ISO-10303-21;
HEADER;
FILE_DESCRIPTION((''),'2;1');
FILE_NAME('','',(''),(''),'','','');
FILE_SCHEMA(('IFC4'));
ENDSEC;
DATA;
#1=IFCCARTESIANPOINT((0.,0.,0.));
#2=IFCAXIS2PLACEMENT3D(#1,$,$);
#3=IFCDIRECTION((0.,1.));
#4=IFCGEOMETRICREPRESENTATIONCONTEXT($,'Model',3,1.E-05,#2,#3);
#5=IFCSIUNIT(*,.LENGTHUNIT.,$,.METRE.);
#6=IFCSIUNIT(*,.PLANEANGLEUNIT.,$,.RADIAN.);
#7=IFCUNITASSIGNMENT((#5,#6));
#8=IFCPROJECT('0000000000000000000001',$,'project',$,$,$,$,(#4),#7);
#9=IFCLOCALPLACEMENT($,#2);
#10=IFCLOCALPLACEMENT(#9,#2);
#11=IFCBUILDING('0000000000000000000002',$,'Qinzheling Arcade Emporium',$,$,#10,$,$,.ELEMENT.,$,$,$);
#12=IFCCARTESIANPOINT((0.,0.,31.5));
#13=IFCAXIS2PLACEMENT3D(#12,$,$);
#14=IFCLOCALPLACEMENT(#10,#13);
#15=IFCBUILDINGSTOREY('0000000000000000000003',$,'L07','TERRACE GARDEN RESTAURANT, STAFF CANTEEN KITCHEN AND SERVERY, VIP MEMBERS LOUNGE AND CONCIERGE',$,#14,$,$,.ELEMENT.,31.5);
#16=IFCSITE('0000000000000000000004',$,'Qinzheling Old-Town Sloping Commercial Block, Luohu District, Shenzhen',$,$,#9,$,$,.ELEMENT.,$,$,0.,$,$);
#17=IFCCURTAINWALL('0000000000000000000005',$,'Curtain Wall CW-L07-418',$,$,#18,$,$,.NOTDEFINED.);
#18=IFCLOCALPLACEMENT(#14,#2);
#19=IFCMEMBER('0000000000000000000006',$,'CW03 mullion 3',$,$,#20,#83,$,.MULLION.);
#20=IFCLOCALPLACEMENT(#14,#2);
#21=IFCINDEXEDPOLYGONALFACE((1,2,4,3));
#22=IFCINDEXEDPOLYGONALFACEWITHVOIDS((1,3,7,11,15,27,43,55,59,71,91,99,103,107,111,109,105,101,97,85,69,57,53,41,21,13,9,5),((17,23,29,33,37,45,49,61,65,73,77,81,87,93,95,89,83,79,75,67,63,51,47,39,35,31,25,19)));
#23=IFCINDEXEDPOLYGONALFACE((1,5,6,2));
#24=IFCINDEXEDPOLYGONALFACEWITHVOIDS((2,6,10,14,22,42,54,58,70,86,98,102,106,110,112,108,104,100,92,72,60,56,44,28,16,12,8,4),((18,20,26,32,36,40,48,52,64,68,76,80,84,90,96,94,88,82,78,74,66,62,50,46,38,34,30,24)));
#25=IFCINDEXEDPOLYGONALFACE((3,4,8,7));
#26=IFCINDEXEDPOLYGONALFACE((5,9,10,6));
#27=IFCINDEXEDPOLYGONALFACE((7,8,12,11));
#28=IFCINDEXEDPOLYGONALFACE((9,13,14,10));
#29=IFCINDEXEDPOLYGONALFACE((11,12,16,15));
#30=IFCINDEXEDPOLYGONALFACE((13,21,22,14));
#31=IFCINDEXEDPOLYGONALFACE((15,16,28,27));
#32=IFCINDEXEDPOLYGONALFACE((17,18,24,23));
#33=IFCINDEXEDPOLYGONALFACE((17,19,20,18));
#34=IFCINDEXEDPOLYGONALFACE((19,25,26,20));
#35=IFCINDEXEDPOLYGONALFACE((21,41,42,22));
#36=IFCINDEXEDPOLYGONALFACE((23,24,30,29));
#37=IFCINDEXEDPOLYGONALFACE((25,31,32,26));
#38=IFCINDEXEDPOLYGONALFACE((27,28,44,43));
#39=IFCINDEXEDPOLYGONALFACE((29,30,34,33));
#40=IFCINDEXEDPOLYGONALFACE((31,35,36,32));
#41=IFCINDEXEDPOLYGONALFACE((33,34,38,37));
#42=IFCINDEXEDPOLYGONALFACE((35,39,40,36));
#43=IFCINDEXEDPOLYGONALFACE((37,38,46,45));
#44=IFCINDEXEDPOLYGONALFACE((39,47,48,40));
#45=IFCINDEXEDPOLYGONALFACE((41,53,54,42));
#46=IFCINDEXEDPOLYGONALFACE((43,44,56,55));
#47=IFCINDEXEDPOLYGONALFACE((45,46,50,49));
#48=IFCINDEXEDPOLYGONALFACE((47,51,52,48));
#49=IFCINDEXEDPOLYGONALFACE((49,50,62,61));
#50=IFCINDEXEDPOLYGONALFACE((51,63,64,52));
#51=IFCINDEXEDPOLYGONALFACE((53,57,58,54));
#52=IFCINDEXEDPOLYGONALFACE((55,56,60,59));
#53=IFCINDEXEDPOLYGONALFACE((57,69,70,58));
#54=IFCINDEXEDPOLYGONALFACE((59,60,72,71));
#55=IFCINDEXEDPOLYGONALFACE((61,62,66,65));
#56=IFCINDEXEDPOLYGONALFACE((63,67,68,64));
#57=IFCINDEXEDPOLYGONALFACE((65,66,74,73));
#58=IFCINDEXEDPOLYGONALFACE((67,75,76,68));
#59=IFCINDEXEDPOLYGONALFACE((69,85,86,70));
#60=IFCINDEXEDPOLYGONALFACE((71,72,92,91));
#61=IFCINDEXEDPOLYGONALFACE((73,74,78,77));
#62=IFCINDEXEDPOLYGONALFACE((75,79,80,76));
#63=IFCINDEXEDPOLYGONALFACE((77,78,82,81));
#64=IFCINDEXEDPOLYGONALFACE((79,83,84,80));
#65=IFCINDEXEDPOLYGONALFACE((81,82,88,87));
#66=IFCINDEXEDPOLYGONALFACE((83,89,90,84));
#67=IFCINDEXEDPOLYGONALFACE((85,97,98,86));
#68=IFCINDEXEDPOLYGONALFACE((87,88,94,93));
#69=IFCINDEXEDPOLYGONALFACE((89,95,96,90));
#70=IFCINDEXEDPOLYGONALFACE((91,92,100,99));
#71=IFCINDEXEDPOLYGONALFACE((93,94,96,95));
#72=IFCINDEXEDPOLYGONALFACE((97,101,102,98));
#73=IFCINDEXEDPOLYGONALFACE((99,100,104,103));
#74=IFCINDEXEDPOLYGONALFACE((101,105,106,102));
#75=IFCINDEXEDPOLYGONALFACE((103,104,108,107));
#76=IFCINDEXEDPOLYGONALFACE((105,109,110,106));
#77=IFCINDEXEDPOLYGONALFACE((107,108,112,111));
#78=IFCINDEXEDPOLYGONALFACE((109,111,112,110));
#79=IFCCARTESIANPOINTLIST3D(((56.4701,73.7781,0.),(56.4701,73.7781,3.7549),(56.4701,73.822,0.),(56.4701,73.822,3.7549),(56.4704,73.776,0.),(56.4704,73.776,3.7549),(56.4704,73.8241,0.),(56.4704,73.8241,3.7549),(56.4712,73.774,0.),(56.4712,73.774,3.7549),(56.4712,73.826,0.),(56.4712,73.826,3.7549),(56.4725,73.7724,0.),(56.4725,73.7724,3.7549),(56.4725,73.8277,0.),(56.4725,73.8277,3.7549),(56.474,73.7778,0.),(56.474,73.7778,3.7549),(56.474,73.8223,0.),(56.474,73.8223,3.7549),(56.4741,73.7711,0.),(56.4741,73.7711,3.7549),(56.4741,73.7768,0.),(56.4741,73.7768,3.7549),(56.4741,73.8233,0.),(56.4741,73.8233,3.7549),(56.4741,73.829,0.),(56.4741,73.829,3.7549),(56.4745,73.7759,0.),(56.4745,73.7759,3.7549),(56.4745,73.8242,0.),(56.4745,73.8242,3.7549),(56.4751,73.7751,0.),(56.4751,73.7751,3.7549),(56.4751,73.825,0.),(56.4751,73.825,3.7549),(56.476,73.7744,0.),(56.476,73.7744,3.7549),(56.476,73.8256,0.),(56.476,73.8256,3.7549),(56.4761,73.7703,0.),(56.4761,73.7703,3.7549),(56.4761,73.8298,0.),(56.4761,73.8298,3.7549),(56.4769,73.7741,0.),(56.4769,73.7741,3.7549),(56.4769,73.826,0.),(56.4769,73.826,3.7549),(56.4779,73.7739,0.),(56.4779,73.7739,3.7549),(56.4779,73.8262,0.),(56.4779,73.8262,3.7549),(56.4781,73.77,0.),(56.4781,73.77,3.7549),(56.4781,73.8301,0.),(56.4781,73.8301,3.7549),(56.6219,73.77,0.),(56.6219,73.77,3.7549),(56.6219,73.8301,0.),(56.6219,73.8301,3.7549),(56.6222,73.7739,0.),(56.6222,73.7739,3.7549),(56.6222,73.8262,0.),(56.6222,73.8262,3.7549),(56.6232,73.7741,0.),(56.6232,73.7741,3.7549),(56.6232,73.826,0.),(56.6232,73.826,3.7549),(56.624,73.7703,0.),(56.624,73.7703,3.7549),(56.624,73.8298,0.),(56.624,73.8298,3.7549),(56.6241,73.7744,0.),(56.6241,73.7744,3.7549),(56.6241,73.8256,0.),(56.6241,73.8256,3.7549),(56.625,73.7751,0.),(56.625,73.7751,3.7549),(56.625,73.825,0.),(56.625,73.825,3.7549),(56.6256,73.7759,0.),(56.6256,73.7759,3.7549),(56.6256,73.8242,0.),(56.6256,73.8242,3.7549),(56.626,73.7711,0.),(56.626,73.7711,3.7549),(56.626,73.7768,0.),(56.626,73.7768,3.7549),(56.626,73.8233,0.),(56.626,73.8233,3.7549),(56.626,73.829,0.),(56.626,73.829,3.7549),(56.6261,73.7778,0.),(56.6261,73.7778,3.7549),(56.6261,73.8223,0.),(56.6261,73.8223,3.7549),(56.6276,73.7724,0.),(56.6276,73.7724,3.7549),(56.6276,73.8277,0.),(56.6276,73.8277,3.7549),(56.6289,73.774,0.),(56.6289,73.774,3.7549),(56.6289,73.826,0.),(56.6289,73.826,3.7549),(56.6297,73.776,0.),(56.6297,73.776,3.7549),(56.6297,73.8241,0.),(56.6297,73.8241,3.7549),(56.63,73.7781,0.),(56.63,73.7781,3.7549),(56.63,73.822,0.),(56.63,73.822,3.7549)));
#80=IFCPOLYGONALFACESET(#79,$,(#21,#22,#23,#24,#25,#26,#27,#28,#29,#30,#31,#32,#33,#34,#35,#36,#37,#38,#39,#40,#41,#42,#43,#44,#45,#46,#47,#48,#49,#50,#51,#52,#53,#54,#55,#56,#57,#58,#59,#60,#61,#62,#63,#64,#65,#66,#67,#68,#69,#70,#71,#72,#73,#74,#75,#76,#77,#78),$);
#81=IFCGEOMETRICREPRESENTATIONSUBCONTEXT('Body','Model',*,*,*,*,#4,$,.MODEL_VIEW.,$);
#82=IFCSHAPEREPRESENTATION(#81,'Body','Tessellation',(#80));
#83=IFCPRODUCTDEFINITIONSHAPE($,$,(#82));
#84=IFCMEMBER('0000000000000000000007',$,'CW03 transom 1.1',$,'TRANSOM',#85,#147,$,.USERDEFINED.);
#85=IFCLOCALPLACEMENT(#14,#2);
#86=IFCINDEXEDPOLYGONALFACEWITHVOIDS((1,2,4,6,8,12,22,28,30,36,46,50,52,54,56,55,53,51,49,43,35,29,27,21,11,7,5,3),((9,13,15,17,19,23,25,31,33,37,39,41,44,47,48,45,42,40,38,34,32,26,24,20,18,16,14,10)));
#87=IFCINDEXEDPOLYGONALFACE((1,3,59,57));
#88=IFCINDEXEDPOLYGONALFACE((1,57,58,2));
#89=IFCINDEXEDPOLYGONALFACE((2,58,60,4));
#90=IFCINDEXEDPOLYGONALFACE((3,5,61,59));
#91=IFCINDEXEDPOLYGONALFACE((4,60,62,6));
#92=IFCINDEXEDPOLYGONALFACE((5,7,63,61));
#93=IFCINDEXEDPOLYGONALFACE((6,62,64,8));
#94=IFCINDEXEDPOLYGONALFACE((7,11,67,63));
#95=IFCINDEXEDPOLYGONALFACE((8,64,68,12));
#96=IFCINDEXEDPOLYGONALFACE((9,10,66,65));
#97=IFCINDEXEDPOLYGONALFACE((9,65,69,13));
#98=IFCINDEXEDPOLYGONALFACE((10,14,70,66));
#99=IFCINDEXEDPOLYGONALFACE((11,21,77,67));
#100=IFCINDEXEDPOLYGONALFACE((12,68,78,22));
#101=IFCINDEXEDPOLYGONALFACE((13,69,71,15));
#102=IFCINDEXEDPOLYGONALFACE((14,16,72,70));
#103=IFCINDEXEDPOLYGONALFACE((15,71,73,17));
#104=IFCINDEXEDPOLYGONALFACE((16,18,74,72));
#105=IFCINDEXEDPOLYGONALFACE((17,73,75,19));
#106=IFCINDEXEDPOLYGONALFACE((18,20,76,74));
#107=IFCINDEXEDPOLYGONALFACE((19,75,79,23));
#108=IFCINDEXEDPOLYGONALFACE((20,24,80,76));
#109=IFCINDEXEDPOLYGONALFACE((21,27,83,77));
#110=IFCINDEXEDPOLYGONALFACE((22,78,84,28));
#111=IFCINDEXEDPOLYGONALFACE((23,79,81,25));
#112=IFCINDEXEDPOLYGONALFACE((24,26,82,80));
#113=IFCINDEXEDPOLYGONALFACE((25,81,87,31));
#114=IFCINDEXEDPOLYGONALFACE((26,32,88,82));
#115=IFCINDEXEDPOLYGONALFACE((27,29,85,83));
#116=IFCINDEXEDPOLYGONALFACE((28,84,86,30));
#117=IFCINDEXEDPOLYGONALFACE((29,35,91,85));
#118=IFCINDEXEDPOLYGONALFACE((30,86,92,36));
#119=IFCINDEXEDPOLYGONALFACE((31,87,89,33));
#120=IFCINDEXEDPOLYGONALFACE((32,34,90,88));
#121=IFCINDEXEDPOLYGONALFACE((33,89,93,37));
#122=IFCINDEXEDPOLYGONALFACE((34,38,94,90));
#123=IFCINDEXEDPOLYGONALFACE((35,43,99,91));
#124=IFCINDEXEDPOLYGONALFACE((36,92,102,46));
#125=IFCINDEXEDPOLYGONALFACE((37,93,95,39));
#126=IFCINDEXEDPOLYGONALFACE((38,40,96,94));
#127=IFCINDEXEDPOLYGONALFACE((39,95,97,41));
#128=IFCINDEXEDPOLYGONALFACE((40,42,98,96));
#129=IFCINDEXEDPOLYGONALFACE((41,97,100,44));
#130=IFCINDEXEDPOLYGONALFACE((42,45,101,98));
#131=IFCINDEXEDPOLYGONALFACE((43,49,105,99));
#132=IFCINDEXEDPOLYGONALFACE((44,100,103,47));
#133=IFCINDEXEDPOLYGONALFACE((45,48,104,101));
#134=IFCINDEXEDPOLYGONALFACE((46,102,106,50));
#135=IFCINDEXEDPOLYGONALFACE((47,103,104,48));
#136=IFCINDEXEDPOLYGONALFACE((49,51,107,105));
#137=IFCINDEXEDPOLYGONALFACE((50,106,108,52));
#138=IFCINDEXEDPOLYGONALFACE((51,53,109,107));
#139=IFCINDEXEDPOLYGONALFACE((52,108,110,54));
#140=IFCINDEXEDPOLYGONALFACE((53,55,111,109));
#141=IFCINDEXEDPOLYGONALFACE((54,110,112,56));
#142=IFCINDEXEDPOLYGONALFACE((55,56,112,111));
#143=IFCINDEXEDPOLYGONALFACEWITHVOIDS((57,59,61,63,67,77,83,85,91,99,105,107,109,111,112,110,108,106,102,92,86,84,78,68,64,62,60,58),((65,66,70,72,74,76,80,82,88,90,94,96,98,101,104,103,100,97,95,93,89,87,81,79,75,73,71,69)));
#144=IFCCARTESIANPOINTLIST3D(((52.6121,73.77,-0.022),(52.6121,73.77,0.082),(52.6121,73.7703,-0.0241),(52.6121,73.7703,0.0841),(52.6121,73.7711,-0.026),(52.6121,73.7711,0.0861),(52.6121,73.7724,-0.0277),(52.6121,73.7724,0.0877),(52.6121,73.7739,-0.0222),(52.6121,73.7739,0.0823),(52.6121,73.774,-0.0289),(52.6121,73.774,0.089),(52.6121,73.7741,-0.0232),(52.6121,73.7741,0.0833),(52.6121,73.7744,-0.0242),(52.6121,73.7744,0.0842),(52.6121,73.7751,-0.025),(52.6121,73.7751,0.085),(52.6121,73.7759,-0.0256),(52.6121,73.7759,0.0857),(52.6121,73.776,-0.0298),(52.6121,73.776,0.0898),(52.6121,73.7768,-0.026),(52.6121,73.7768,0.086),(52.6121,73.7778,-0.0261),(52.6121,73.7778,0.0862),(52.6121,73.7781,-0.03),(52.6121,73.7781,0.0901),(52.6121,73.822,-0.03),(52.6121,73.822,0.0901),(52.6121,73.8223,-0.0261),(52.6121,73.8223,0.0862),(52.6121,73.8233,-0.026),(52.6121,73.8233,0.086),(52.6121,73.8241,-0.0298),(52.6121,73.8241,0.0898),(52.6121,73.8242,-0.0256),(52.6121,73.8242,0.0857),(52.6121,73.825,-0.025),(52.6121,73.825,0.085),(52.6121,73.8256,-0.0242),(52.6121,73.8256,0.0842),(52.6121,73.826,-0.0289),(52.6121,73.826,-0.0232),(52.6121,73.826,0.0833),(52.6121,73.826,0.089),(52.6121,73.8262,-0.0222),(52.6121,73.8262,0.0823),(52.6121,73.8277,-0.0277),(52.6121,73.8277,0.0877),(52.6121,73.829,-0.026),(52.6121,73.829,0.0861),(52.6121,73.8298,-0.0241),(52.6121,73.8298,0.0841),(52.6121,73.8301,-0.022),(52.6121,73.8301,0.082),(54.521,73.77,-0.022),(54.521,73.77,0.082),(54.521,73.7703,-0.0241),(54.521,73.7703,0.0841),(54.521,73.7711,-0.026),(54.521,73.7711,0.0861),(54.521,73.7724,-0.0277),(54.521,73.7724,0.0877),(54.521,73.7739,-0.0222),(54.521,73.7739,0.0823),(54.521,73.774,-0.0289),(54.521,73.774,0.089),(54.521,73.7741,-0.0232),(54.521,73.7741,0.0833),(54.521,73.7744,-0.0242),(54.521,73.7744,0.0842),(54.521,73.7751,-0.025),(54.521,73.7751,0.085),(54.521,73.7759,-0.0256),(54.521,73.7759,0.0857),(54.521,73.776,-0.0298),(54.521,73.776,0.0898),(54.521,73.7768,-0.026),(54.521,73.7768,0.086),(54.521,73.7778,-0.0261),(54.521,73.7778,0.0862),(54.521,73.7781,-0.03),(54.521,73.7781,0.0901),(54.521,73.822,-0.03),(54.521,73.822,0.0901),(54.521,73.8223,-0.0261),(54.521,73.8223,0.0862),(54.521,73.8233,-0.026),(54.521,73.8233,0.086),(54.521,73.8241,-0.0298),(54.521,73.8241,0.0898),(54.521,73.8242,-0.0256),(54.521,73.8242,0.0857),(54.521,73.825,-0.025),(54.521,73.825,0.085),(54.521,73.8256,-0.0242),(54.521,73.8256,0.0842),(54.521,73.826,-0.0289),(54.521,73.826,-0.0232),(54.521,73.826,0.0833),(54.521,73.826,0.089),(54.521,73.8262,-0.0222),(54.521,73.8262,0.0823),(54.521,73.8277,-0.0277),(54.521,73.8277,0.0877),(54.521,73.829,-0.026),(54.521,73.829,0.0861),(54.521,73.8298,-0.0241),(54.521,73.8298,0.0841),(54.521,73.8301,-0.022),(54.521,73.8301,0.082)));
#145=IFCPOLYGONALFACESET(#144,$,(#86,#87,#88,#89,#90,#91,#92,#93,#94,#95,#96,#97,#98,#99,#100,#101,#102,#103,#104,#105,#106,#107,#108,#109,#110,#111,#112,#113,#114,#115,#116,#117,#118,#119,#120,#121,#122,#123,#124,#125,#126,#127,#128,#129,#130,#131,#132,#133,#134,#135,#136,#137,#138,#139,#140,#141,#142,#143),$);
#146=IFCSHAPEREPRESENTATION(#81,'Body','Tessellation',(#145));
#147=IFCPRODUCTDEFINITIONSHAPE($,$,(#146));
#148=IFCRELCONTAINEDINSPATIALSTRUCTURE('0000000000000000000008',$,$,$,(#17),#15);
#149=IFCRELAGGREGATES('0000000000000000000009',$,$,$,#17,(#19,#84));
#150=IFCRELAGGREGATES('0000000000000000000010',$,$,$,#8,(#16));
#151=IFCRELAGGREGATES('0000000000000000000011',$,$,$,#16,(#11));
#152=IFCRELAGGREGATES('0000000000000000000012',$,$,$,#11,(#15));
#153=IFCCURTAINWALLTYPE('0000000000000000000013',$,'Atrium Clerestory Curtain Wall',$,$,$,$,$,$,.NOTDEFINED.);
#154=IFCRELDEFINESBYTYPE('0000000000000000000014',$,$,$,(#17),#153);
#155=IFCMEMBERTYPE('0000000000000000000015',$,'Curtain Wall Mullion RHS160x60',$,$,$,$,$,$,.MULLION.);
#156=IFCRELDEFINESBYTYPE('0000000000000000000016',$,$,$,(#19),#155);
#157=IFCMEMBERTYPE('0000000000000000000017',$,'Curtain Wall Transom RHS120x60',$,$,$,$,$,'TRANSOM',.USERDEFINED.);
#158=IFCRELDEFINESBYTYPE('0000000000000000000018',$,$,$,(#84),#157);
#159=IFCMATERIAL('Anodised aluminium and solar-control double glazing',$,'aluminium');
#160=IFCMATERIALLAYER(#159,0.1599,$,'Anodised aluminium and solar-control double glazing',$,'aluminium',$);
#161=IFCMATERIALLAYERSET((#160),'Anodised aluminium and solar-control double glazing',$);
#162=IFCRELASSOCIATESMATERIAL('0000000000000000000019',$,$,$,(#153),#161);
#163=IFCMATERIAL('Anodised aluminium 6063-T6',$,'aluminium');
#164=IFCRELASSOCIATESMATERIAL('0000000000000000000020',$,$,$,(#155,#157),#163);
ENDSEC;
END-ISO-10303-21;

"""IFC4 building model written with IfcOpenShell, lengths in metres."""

from ifc_helpers import new_model, si_unit, direction, frame, origin, origin_2d, place, context, subcontext, project, spatial, hollow_rectangle, extrude, material, layer, layer_set, material_profile, profile_set, type_object, element, aggregate, save


model = new_model("IFC4")

# Units and contexts
model_context = context("Model", 3, precision=1e-05, world=origin(), true_north=direction((0.0, 1.0)))
body_context = subcontext(model_context, "Body", "Model", "MODEL_VIEW")
ifc_project = project(units=[si_unit("LENGTHUNIT", "METRE"), si_unit("PLANEANGLEUNIT", "RADIAN")], contexts=[model_context])

# Site, building, storey
site_placement = place(None, origin())
site = spatial("IfcSite", under=ifc_project, at=site_placement, Name="Qinzheling Old-Town Sloping Commercial Block, Luohu District, Shenzhen", CompositionType="ELEMENT", RefElevation=0.0)
building_placement = place(site_placement, origin())
building = spatial("IfcBuilding", under=site, at=building_placement, Name="Qinzheling Arcade Emporium", CompositionType="ELEMENT")
storey_placement = place(building_placement, frame((0.0, 0.0, 31.5)))
storey = spatial("IfcBuildingStorey", under=building, at=storey_placement, Name="L07", Description="TERRACE GARDEN RESTAURANT, STAFF CANTEEN KITCHEN AND SERVERY, VIP MEMBERS LOUNGE AND CONCIERGE", CompositionType="ELEMENT", Elevation=31.5)

# Curtain wall, members
ifc_material_1 = material(Name="Anodised aluminium and solar-control double glazing", Category="aluminium")
ifc_layer_1 = layer(ifc_material_1, 0.1599, Name="Anodised aluminium and solar-control double glazing", Category="aluminium")
ifc_layer_set_1 = layer_set([ifc_layer_1], Name="Anodised aluminium and solar-control double glazing")
curtain_wall_type = type_object("IfcCurtainWallType", Name="Atrium Clerestory Curtain Wall", PredefinedType="NOTDEFINED", material=ifc_layer_set_1)
curtain_wall_placement = place(storey_placement, origin())
curtain_wall = element("IfcCurtainWall", 1, at=curtain_wall_placement, inside=storey, type_object=curtain_wall_type, Name="Curtain Wall CW-L07-418", PredefinedType="NOTDEFINED")
ifc_material_2 = material(Name="Anodised aluminium 6063-T6", Category="aluminium")
ifc_material_profile_1 = material_profile(ifc_material_2, hollow_rectangle(XDim=0.0601, YDim=0.1599, WallThickness=0.0039, InnerFilletRadius=0.0039, OuterFilletRadius=0.0081, at=origin_2d()), Name="RHS 160x60x4", Category="aluminium")
ifc_profile_set_1 = profile_set([ifc_material_profile_1], Name="Anodised aluminium 6063-T6")
member_type_1 = type_object("IfcMemberType", Name="Curtain Wall Mullion RHS160x60", PredefinedType="MULLION", material=ifc_profile_set_1)
member_1_placement = place(storey_placement, frame((56.55, 73.8, 0.0), z_axis=(0.0, 0.0, 1.0), x_axis=(0.0, 1.0, 0.0)))
member_1 = element("IfcMember", 2, at=member_1_placement, type_object=member_type_1, Name="CW03 mullion 3", PredefinedType="MULLION", context=body_context, shape_type="SweptSolid", body=[
    extrude(hollow_rectangle(XDim=0.0601, YDim=0.1599, WallThickness=0.0039, InnerFilletRadius=0.0039, OuterFilletRadius=0.0081, at=origin_2d()), origin(), (0.0, 0.0, 1.0), 3.7549),
])
ifc_material_profile_2 = material_profile(ifc_material_2, hollow_rectangle(XDim=0.0601, YDim=0.1201, WallThickness=0.0039, InnerFilletRadius=0.0039, OuterFilletRadius=0.0081, at=origin_2d()), Name="RHS 120x60x4", Category="aluminium")
ifc_profile_set_2 = profile_set([ifc_material_profile_2], Name="Anodised aluminium 6063-T6")
member_type_2 = type_object("IfcMemberType", Name="Curtain Wall Transom RHS120x60", ElementType="TRANSOM", PredefinedType="USERDEFINED", material=ifc_profile_set_2)
member_2_placement = place(storey_placement, frame((52.6121, 73.8, 0.03), z_axis=(1.0, 0.0, 0.0), x_axis=(0.0, 1.0, 0.0)))
member_2 = element("IfcMember", 3, at=member_2_placement, type_object=member_type_2, Name="CW03 transom 1.1", ObjectType="TRANSOM", PredefinedType="USERDEFINED", context=body_context, shape_type="SweptSolid", body=[
    extrude(hollow_rectangle(XDim=0.0601, YDim=0.1201, WallThickness=0.0039, InnerFilletRadius=0.0039, OuterFilletRadius=0.0081, at=origin_2d()), origin(), (0.0, 0.0, 1.0), 1.9089),
])

aggregate(curtain_wall, [member_1, member_2])

save(model, "model.ifc")
